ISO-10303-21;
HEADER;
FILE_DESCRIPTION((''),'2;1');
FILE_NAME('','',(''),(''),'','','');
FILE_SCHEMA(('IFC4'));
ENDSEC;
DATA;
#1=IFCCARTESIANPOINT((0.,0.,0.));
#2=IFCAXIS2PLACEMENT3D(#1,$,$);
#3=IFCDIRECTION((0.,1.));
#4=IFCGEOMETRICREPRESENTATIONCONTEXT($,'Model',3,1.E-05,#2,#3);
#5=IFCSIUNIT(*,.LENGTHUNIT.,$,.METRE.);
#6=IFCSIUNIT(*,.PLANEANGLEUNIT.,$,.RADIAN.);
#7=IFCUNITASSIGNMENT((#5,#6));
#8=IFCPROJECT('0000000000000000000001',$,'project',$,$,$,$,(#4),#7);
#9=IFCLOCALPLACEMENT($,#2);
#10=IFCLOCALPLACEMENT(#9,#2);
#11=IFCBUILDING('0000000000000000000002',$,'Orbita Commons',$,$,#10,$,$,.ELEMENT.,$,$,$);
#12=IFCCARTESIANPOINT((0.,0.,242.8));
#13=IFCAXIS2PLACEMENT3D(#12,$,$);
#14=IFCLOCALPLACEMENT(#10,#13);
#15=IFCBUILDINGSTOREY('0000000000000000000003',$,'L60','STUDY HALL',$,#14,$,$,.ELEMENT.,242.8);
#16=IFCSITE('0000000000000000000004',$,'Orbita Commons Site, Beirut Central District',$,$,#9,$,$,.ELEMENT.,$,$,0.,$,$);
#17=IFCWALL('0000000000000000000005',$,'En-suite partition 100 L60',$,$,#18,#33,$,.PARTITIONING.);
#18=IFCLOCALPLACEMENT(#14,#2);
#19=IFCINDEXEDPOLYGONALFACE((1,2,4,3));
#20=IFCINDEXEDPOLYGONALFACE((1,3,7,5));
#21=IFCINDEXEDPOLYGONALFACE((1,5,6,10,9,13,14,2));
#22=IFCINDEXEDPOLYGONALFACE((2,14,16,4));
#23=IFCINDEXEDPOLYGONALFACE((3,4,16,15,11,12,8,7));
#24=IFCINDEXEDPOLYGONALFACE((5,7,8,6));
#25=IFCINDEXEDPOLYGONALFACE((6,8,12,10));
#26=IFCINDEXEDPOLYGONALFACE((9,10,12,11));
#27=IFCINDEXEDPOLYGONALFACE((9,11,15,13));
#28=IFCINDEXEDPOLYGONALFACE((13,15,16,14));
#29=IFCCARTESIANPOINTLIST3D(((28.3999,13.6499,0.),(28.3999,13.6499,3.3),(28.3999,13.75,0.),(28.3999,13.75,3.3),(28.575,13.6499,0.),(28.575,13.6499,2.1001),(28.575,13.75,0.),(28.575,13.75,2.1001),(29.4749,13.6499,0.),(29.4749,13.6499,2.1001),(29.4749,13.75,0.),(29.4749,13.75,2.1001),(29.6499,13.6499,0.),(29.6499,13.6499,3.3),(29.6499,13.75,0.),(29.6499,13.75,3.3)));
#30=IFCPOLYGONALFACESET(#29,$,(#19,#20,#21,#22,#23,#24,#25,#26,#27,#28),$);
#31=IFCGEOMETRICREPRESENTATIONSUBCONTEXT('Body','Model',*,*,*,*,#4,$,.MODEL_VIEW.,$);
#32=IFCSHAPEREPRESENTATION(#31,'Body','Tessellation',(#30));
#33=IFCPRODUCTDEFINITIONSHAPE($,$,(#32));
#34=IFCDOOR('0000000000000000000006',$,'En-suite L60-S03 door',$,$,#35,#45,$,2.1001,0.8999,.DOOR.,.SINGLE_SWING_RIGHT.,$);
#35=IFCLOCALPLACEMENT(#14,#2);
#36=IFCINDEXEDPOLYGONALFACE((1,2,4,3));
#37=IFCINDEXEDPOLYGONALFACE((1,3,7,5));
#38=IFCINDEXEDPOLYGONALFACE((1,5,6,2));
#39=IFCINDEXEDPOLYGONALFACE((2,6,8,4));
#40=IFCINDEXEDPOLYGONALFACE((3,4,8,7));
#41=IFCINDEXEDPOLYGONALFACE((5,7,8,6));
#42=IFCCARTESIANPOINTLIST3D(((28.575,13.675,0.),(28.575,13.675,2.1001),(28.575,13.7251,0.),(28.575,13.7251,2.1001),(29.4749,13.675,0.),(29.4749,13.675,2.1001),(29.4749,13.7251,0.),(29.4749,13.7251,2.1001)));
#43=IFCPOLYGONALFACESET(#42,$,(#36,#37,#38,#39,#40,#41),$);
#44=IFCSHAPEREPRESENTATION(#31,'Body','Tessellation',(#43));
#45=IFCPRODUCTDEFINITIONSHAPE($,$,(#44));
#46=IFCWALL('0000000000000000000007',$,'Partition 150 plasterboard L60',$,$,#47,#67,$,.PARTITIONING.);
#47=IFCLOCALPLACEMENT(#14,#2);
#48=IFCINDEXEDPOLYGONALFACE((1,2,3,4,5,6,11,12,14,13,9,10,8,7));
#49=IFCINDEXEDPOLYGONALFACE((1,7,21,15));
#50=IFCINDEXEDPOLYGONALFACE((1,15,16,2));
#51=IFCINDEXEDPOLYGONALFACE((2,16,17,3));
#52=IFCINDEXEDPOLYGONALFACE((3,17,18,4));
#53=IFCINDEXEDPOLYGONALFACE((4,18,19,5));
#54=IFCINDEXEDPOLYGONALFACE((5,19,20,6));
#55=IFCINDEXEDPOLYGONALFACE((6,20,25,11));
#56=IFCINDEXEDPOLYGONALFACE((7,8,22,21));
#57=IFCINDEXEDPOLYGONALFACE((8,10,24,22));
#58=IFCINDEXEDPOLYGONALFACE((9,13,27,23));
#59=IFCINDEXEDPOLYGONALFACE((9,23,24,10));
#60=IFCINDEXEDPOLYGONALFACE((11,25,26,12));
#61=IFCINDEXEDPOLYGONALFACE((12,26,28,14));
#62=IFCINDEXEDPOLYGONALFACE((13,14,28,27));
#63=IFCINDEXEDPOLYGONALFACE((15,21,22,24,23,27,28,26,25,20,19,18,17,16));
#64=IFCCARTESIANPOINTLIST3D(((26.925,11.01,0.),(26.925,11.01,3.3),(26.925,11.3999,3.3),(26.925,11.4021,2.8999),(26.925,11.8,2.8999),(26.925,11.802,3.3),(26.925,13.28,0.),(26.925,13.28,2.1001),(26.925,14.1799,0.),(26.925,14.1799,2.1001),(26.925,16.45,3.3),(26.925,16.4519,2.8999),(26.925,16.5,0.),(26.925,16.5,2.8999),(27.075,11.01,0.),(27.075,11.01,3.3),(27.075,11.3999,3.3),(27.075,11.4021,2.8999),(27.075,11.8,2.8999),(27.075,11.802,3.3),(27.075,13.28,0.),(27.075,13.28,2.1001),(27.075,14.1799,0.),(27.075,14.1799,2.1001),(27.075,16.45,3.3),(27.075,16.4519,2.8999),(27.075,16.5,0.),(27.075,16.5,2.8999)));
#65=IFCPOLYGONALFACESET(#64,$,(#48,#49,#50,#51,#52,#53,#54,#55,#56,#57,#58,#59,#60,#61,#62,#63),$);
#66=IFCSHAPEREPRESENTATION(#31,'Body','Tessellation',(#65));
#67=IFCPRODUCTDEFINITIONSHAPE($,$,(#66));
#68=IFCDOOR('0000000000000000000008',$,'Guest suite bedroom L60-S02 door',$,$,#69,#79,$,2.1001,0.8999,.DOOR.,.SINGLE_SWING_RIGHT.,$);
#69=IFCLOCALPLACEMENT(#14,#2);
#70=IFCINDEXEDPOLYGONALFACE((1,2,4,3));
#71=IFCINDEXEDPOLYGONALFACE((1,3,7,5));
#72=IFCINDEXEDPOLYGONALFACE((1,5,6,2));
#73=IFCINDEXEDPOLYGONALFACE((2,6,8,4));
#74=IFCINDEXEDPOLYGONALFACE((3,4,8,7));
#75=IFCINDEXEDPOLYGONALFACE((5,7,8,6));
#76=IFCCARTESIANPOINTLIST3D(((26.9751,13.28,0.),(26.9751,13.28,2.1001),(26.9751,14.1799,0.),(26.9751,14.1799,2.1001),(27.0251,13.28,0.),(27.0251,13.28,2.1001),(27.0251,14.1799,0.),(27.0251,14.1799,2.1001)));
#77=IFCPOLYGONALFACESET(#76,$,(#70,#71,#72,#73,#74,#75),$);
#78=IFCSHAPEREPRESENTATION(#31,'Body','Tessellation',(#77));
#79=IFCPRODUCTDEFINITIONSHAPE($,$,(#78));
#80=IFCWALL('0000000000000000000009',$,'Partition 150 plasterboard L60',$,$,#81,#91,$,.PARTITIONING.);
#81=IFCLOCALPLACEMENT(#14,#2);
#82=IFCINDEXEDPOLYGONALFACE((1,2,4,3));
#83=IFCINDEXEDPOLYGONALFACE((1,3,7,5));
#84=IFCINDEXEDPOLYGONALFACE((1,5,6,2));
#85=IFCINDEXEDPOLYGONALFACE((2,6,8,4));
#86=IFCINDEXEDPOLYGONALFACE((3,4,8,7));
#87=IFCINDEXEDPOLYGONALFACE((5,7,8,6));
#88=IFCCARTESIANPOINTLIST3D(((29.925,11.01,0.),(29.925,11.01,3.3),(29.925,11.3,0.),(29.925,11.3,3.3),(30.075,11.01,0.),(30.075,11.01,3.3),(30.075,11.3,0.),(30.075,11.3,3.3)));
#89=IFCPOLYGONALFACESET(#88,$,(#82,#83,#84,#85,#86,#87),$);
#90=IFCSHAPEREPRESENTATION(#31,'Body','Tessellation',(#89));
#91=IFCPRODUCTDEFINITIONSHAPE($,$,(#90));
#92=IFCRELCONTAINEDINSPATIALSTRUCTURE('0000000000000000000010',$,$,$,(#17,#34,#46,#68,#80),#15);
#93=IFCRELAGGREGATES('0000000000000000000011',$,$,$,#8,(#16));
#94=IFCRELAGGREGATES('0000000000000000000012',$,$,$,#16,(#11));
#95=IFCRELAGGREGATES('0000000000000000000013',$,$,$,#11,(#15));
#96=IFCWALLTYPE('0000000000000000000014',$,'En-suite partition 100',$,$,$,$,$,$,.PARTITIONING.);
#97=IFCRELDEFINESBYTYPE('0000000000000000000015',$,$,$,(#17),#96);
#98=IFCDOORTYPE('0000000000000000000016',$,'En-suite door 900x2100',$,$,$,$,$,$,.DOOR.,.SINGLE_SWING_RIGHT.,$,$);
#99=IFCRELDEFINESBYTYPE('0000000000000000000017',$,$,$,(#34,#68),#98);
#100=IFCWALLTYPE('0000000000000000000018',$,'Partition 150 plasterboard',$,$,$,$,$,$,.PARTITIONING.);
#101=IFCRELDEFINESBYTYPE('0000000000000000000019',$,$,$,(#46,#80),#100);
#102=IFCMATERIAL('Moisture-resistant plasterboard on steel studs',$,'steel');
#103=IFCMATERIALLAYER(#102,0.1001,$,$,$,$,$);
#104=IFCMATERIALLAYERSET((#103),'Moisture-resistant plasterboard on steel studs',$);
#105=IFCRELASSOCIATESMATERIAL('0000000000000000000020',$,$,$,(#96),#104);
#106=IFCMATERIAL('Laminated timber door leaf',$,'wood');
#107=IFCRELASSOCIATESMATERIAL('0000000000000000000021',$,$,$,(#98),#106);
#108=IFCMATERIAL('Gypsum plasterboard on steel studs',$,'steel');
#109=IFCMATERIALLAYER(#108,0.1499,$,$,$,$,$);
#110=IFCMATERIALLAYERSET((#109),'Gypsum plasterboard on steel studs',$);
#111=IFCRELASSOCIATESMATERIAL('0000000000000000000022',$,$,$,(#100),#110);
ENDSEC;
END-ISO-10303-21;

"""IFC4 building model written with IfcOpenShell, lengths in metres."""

from ifc_helpers import new_model, si_unit, direction, frame, frame_2d, origin, place, context, subcontext, project, spatial, polyline, rectangle, outline, extrude, material, layer, layer_set, type_object, element, fill, save


model = new_model("IFC4")

# Units and contexts
model_context = context("Model", 3, precision=1e-05, world=origin(), true_north=direction((0.0, 1.0)))
body_context = subcontext(model_context, "Body", "Model", "MODEL_VIEW")
ifc_project = project(units=[si_unit("LENGTHUNIT", "METRE"), si_unit("PLANEANGLEUNIT", "RADIAN")], contexts=[model_context])

# Site, building, storey
site_placement = place(None, origin())
site = spatial("IfcSite", under=ifc_project, at=site_placement, Name="Orbita Commons Site, Beirut Central District", CompositionType="ELEMENT", RefElevation=0.0)
building_placement = place(site_placement, origin())
building = spatial("IfcBuilding", under=site, at=building_placement, Name="Orbita Commons", CompositionType="ELEMENT")
storey_placement = place(building_placement, frame((0.0, 0.0, 242.8)))
storey = spatial("IfcBuildingStorey", under=building, at=storey_placement, Name="L60", Description="STUDY HALL", CompositionType="ELEMENT", Elevation=242.8)

# Walls, openings, doors
ifc_material_1 = material(Name="Moisture-resistant plasterboard on steel studs", Category="steel")
ifc_layer_1 = layer(ifc_material_1, 0.1001)
ifc_layer_set_1 = layer_set([ifc_layer_1], Name="Moisture-resistant plasterboard on steel studs")
wall_type_1 = type_object("IfcWallType", Name="En-suite partition 100", PredefinedType="PARTITIONING", material=ifc_layer_set_1)
wall_1_placement = place(storey_placement, frame((29.6499, 13.7, 0.0), z_axis=(0.0, 0.0, 1.0), x_axis=(-1.0, 0.0, 0.0)))
wall_1 = element("IfcWall", 1, at=wall_1_placement, inside=storey, type_object=wall_type_1, Name="En-suite partition 100 L60", PredefinedType="PARTITIONING", context=body_context, shape_type="SweptSolid", body=[
    extrude(rectangle(XDim=1.25, YDim=0.1001, at=frame_2d((0.625, 0.0))), origin(), (0.0, 0.0, 1.0), 3.3),
])
opening_1_placement = place(wall_1_placement, frame((0.175, 0.0, 0.0)))
opening_1 = element("IfcOpeningElement", 2, at=opening_1_placement, cuts=wall_1, PredefinedType="OPENING", context=body_context, shape_type="SweptSolid", body=[
    extrude(rectangle(XDim=0.8999, YDim=2.1001, at=frame_2d((0.45, 1.05))), frame((0.0, 0.0601, 0.0), z_axis=(0.0, -1.0, 0.0), x_axis=(1.0, 0.0, 0.0)), (0.0, 0.0, 1.0), 0.1201),
])
ifc_material_2 = material(Name="Laminated timber door leaf", Category="wood")
door_type = type_object("IfcDoorType", Name="En-suite door 900x2100", OperationType="SINGLE_SWING_RIGHT", PredefinedType="DOOR", material=ifc_material_2)
door_1_placement = place(opening_1_placement, origin())
door_1 = element("IfcDoor", 3, at=door_1_placement, inside=storey, type_object=door_type, Name="En-suite L60-S03 door", OperationType="SINGLE_SWING_RIGHT", OverallHeight=2.1001, OverallWidth=0.8999, PredefinedType="DOOR", context=body_context, shape_type="SweptSolid", body=[
    extrude(rectangle(XDim=0.8999, YDim=2.1001, at=frame_2d((0.45, 1.05))), frame((0.0, 0.0249, 0.0), z_axis=(0.0, -1.0, 0.0), x_axis=(1.0, 0.0, 0.0)), (0.0, 0.0, 1.0), 0.05),
])
fill(opening_1, door_1)
ifc_material_3 = material(Name="Gypsum plasterboard on steel studs", Category="steel")
ifc_layer_2 = layer(ifc_material_3, 0.1499)
ifc_layer_set_2 = layer_set([ifc_layer_2], Name="Gypsum plasterboard on steel studs")
wall_type_2 = type_object("IfcWallType", Name="Partition 150 plasterboard", PredefinedType="PARTITIONING", material=ifc_layer_set_2)
wall_2_placement = place(storey_placement, frame((27.0, 11.01, 0.0), z_axis=(0.0, 0.0, 1.0), x_axis=(0.0, 1.0, 0.0)))
wall_2 = element("IfcWall", 4, at=wall_2_placement, inside=storey, type_object=wall_type_2, Name="Partition 150 plasterboard L60", PredefinedType="PARTITIONING", context=body_context, shape_type="SweptSolid", body=[
    extrude(outline(polyline([(0.0, 0.0), (5.49, 0.0), (5.49, 2.8999), (5.4419, 2.8999), (5.4399, 3.3), (0.792, 3.3), (0.79, 2.8999), (0.3921, 2.8999), (0.3899, 3.3), (0.0, 3.3), (0.0, 0.0)])), frame((0.0, 0.075, 0.0), z_axis=(0.0, -1.0, 0.0), x_axis=(1.0, 0.0, 0.0)), (0.0, 0.0, 1.0), 0.1499),
])
opening_2_placement = place(wall_2_placement, frame((2.27, 0.0, 0.0)))
opening_2 = element("IfcOpeningElement", 5, at=opening_2_placement, cuts=wall_2, PredefinedType="OPENING", context=body_context, shape_type="SweptSolid", body=[
    extrude(rectangle(XDim=0.8999, YDim=2.1001, at=frame_2d((0.45, 1.05))), frame((0.0, 0.085, 0.0), z_axis=(0.0, -1.0, 0.0), x_axis=(1.0, 0.0, 0.0)), (0.0, 0.0, 1.0), 0.1699),
])
door_2_placement = place(opening_2_placement, origin())
door_2 = element("IfcDoor", 6, at=door_2_placement, inside=storey, type_object=door_type, Name="Guest suite bedroom L60-S02 door", OperationType="SINGLE_SWING_RIGHT", OverallHeight=2.1001, OverallWidth=0.8999, PredefinedType="DOOR", context=body_context, shape_type="SweptSolid", body=[
    extrude(rectangle(XDim=0.8999, YDim=2.1001, at=frame_2d((0.45, 1.05))), frame((0.0, 0.0249, 0.0), z_axis=(0.0, -1.0, 0.0), x_axis=(1.0, 0.0, 0.0)), (0.0, 0.0, 1.0), 0.05),
])
fill(opening_2, door_2)

# Wall
wall_3_placement = place(storey_placement, frame((30.0, 11.3, 0.0), z_axis=(0.0, 0.0, 1.0), x_axis=(0.0, -1.0, 0.0)))
element("IfcWall", 7, at=wall_3_placement, inside=storey, type_object=wall_type_2, Name="Partition 150 plasterboard L60", PredefinedType="PARTITIONING", context=body_context, shape_type="SweptSolid", body=[
    extrude(rectangle(XDim=0.29, YDim=0.1499, at=frame_2d((0.145, 0.0))), origin(), (0.0, 0.0, 1.0), 3.3),
])

save(model, "model.ifc")
